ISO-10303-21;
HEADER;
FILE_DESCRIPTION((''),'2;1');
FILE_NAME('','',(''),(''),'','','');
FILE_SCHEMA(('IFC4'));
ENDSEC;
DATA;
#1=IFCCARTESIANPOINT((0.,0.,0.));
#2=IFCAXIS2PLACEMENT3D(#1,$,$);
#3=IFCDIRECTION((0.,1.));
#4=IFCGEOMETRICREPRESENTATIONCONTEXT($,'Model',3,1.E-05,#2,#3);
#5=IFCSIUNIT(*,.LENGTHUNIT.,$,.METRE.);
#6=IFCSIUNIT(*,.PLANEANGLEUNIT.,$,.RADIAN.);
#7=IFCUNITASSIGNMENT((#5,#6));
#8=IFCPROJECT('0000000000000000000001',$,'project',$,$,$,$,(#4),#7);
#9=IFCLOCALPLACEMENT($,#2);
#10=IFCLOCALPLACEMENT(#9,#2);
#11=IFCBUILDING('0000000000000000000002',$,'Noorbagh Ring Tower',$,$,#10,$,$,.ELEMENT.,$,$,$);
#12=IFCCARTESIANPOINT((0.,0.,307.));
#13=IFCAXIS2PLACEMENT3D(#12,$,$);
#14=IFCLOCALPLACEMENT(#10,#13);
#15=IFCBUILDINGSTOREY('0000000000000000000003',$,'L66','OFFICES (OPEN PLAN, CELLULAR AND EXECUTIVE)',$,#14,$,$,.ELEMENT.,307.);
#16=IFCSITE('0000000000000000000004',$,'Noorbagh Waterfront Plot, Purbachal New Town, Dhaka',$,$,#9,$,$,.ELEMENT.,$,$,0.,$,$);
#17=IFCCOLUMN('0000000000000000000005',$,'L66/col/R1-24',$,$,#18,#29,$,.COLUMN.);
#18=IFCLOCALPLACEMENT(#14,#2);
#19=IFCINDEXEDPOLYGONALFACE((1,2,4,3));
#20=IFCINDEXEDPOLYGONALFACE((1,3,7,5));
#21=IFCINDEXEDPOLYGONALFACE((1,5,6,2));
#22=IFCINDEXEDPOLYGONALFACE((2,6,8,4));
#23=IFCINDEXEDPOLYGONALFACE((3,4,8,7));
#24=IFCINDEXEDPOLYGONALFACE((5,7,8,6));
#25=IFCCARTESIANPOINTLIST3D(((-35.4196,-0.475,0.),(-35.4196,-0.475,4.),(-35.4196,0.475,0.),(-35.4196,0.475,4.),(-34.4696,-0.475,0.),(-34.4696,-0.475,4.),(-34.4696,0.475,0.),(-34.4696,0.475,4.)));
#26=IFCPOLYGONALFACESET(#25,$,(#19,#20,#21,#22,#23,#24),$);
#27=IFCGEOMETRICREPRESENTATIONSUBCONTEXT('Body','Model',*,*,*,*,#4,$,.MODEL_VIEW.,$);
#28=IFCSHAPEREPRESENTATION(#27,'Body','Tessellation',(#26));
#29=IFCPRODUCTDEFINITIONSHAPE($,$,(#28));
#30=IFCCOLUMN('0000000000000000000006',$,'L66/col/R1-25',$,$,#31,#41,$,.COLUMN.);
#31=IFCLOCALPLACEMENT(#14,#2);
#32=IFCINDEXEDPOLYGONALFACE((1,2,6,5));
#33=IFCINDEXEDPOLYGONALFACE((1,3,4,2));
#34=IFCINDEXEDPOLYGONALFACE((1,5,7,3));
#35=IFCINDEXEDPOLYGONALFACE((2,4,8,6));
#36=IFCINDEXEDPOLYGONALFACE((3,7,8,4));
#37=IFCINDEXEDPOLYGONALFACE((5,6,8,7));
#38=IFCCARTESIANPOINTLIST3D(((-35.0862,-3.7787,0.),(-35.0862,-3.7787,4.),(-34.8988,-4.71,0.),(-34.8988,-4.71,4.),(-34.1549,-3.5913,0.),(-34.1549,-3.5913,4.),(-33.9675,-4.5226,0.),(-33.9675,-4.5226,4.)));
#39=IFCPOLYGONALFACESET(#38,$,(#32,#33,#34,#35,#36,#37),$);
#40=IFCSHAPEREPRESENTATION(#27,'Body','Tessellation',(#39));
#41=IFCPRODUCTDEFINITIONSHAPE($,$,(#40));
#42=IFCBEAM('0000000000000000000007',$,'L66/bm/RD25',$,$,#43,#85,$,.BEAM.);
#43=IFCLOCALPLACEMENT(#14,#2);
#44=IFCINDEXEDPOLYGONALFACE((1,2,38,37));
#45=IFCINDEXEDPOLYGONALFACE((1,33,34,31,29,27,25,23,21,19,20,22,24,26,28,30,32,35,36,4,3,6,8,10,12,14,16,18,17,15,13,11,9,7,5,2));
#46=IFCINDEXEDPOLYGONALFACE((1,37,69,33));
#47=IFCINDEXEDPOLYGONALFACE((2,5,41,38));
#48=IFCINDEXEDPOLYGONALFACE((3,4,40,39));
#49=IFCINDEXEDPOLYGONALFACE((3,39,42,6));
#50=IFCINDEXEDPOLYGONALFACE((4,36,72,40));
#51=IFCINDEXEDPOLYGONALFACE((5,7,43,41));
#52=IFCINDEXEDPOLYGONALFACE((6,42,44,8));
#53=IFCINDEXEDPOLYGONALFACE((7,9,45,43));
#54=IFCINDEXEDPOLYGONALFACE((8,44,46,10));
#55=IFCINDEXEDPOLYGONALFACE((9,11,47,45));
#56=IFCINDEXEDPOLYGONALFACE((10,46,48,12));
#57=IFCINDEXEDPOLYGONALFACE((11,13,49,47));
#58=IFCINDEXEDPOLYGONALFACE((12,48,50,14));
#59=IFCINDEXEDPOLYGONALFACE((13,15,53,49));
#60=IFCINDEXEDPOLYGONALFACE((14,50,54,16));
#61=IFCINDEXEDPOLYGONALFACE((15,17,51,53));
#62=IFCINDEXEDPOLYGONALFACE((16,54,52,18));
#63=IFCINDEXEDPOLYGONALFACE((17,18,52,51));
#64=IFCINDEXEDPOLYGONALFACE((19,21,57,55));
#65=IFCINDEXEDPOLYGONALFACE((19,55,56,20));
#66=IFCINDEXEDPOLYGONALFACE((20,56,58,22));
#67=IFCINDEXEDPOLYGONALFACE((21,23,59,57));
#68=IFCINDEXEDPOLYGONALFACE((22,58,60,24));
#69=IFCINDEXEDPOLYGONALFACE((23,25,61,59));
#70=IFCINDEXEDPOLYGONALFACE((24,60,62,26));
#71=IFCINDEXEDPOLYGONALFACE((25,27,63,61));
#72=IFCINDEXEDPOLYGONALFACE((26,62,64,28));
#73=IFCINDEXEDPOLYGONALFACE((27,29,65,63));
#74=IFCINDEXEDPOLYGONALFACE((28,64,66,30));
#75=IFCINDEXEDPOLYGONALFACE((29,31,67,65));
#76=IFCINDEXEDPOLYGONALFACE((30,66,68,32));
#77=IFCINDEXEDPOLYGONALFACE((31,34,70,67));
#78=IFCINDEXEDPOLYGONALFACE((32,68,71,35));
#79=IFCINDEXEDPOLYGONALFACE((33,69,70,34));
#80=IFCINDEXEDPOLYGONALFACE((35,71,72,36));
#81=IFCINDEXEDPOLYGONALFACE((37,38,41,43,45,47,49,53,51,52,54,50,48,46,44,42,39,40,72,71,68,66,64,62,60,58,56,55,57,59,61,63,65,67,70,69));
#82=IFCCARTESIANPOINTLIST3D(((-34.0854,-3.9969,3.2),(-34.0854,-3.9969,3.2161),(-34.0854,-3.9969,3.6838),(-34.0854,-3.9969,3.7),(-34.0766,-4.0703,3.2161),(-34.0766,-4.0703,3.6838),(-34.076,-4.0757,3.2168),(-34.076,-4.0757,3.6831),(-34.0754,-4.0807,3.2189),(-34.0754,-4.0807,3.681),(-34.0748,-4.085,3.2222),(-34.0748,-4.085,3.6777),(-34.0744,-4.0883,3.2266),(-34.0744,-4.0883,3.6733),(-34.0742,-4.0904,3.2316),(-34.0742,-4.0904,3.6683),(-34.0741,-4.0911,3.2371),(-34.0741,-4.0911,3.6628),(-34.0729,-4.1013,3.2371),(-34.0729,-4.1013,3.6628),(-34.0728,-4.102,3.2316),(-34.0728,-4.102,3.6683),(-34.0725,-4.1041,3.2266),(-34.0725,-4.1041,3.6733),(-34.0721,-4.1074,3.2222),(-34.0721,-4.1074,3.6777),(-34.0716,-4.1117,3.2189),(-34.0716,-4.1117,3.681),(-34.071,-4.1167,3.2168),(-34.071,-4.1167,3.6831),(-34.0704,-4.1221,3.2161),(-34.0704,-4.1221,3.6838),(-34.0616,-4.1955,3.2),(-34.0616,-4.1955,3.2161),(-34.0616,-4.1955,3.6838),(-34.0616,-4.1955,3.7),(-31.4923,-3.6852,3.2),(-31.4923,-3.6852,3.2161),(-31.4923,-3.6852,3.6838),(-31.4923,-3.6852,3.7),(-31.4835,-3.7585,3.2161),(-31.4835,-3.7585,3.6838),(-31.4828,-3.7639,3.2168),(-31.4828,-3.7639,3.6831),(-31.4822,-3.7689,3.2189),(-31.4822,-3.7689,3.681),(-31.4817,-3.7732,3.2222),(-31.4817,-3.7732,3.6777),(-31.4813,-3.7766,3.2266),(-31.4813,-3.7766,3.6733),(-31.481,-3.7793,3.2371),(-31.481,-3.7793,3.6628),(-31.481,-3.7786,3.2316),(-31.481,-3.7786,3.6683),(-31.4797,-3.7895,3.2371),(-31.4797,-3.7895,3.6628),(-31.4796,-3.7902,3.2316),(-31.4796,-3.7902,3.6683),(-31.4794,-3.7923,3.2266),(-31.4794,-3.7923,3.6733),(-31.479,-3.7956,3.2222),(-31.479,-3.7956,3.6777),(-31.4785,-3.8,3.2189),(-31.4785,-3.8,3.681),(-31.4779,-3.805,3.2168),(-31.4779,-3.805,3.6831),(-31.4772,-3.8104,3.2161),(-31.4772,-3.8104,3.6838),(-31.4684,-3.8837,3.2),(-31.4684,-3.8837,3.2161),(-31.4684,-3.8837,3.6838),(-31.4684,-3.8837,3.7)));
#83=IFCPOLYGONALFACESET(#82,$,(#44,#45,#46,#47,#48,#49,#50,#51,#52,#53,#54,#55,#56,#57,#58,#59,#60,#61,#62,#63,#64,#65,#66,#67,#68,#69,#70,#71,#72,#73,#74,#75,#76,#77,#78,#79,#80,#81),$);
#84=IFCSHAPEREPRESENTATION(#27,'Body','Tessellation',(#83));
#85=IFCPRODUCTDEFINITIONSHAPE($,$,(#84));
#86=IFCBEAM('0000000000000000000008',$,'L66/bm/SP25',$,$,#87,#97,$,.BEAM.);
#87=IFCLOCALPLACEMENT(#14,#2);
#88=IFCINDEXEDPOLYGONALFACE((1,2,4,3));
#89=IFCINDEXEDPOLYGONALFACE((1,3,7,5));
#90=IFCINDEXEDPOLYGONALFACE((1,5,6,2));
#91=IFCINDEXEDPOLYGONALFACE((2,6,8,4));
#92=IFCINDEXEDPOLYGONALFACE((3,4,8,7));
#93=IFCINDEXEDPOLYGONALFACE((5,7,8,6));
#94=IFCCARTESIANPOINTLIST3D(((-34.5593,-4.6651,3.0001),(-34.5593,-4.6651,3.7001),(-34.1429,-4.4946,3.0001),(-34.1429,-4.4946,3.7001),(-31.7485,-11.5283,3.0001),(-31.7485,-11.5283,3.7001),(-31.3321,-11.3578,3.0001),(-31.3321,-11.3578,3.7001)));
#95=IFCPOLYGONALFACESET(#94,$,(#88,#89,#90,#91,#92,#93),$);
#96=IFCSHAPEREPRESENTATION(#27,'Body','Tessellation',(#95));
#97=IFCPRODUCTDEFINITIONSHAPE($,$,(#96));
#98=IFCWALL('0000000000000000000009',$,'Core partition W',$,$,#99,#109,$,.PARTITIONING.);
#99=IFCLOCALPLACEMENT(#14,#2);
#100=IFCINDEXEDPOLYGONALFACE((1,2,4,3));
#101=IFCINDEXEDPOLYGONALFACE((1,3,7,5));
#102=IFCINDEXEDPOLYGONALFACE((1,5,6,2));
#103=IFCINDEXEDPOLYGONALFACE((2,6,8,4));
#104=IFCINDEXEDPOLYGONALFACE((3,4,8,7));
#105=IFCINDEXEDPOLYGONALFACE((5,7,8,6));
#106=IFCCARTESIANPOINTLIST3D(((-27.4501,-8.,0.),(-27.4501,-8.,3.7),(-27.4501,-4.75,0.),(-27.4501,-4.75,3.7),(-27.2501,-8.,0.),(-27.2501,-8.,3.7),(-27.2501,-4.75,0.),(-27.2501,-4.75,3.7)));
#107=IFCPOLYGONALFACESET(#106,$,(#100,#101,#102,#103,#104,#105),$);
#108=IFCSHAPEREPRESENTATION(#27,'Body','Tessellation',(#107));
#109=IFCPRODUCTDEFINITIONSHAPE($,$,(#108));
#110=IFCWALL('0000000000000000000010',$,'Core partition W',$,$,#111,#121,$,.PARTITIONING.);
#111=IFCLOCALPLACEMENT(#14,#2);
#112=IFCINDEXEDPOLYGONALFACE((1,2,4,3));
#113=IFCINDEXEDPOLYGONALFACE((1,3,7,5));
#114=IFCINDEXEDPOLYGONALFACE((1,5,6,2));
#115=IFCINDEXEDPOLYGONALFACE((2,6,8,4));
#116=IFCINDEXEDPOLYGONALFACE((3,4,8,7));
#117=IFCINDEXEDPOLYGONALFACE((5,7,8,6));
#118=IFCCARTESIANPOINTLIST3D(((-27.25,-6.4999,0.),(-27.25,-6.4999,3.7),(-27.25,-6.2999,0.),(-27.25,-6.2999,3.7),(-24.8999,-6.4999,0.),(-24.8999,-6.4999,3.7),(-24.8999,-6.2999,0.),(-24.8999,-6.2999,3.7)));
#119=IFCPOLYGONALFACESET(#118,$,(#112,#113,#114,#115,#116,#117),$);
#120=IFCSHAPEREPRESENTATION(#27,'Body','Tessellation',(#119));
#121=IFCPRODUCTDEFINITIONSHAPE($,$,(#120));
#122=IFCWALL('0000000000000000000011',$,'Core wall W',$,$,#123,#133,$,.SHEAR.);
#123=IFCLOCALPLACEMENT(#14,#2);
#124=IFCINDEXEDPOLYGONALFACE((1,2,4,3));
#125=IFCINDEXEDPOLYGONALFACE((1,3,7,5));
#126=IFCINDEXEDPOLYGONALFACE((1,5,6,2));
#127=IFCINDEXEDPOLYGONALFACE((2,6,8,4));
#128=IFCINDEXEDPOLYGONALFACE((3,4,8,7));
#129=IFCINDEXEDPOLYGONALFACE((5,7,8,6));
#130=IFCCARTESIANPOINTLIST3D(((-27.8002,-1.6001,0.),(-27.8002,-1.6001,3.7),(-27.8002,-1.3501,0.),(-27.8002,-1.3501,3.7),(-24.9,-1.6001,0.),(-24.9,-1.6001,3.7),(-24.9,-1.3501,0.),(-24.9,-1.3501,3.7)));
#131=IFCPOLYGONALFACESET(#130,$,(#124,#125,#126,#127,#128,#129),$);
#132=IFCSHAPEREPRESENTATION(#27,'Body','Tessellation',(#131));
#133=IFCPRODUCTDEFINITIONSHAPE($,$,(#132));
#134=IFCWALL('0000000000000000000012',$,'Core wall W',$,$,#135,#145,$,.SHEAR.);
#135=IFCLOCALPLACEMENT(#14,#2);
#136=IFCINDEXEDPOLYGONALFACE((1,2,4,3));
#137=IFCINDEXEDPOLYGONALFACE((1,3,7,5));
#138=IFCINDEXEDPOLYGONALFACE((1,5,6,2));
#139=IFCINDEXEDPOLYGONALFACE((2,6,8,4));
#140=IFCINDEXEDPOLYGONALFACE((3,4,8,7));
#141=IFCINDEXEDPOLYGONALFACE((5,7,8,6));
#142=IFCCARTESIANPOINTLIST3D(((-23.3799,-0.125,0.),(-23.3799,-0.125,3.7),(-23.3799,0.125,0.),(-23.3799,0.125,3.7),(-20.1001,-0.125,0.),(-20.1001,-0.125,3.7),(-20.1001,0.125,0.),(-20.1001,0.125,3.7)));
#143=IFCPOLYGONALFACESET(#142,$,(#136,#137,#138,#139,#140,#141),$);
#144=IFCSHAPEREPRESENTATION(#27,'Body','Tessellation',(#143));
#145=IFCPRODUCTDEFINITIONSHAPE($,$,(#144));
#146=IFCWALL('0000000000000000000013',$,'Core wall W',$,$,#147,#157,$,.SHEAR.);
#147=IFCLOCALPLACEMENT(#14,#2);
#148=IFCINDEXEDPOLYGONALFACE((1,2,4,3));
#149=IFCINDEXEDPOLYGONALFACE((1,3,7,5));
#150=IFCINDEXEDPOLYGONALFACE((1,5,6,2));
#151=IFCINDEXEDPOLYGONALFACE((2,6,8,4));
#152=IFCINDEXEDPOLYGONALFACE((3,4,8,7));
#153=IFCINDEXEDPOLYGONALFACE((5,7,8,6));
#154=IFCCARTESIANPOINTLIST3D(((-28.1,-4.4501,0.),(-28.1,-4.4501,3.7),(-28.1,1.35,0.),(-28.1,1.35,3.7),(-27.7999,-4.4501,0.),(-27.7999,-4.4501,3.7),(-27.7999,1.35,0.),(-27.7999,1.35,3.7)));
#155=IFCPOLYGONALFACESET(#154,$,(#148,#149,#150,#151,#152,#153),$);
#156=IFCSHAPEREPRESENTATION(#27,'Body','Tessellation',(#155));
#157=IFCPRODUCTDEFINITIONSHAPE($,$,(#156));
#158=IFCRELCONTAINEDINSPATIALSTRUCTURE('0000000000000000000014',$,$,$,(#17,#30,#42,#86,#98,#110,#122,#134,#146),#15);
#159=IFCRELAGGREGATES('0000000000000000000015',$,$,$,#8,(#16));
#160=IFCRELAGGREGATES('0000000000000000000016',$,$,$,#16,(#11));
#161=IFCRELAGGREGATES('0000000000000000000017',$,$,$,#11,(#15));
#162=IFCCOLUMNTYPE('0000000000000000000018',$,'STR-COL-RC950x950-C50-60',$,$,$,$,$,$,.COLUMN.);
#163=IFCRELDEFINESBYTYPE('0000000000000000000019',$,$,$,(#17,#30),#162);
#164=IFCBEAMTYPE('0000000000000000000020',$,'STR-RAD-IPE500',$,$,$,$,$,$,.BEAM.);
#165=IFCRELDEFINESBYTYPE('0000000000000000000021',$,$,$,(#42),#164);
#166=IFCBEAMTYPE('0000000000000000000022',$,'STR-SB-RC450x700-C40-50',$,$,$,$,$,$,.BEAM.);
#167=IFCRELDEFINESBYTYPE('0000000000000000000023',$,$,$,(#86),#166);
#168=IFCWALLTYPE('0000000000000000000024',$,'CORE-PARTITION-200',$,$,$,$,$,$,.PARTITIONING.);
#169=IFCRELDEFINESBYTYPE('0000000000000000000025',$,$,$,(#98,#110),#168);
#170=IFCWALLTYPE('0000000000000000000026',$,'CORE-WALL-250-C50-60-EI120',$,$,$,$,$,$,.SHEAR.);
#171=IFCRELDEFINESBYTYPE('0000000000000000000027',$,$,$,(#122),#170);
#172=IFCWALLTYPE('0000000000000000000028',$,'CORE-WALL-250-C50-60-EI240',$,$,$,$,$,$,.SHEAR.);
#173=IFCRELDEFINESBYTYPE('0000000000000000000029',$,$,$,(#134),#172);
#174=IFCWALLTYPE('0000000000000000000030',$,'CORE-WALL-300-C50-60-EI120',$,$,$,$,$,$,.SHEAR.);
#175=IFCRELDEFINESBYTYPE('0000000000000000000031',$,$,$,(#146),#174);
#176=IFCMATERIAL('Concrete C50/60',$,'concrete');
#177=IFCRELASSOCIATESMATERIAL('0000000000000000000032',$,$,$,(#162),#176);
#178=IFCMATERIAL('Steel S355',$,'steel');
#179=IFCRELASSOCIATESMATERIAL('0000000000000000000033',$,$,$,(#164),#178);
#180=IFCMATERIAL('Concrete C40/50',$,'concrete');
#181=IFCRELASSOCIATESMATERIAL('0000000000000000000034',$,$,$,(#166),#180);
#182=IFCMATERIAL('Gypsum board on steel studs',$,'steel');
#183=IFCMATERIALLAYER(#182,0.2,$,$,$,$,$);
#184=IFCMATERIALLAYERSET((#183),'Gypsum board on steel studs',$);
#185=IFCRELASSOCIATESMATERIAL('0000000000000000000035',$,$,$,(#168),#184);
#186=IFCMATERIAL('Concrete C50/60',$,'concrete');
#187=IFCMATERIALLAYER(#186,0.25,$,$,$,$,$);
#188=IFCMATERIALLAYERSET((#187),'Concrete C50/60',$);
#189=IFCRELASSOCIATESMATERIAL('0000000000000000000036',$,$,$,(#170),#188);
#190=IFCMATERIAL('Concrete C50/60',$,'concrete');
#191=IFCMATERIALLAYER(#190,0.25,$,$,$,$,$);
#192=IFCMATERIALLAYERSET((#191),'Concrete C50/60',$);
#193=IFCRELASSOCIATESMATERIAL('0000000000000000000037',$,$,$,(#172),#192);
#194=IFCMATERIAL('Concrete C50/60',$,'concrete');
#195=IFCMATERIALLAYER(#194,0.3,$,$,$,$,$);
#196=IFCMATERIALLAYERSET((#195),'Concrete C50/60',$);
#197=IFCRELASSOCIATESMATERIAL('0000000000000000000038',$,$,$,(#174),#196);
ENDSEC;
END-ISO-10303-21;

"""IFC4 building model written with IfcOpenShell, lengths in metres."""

from ifc_helpers import new_model, si_unit, direction, frame, frame_2d, origin, origin_2d, place, context, subcontext, project, spatial, rectangle, i_section, extrude, material, layer, layer_set, material_profile, profile_set, type_object, element, save


model = new_model("IFC4")

# Units and contexts
model_context = context("Model", 3, precision=1e-05, world=origin(), true_north=direction((0.0, 1.0)))
body_context = subcontext(model_context, "Body", "Model", "MODEL_VIEW")
ifc_project = project(units=[si_unit("LENGTHUNIT", "METRE"), si_unit("PLANEANGLEUNIT", "RADIAN")], contexts=[model_context])

# Site, building, storey
site_placement = place(None, origin())
site = spatial("IfcSite", under=ifc_project, at=site_placement, Name="Noorbagh Waterfront Plot, Purbachal New Town, Dhaka", CompositionType="ELEMENT", RefElevation=0.0)
building_placement = place(site_placement, origin())
building = spatial("IfcBuilding", under=site, at=building_placement, Name="Noorbagh Ring Tower", CompositionType="ELEMENT")
storey_placement = place(building_placement, frame((0.0, 0.0, 307.0)))
storey = spatial("IfcBuildingStorey", under=building, at=storey_placement, Name="L66", Description="OFFICES (OPEN PLAN, CELLULAR AND EXECUTIVE)", CompositionType="ELEMENT", Elevation=307.0)

# Columns
ifc_material_1 = material(Name="Concrete C50/60", Category="concrete")
ifc_material_profile_1 = material_profile(ifc_material_1, rectangle(XDim=0.95, YDim=0.95, at=origin_2d()), Name="RC950x950")
ifc_profile_set_1 = profile_set([ifc_material_profile_1], Name="Concrete C50/60")
column_type = type_object("IfcColumnType", Name="STR-COL-RC950x950-C50-60", PredefinedType="COLUMN", material=ifc_profile_set_1)
for number, where, z_axis, x_axis, name in (
    (1, (-34.9446, 0.0, 0.0), (0.0, 0.0, 1.0), (0.0, -1.0, 0.0), "L66/col/R1-24"),
    (2, (-34.5269, -4.1506, 0.0), (0.0, 0.0, 1.0), (0.19723, -0.980357, 0.0), "L66/col/R1-25"),
):
    element("IfcColumn", number, at=place(storey_placement, frame(where, z_axis=z_axis, x_axis=x_axis)), inside=storey, type_object=column_type, Name=name, PredefinedType="COLUMN", context=body_context, shape_type="SweptSolid", body=[
        extrude(rectangle(XDim=0.95, YDim=0.95, at=origin_2d()), origin(), (0.0, 0.0, 1.0), 4.0),
    ])

# Beams
ifc_material_2 = material(Name="Steel S355", Category="steel")
ifc_material_profile_2 = material_profile(ifc_material_2, i_section(OverallWidth=0.2, OverallDepth=0.5, WebThickness=0.0103, FlangeThickness=0.0161, FilletRadius=0.021, at=origin_2d()), Name="IPE500")
ifc_profile_set_2 = profile_set([ifc_material_profile_2], Name="Steel S355")
beam_type_1 = type_object("IfcBeamType", Name="STR-RAD-IPE500", PredefinedType="BEAM", material=ifc_profile_set_2)
beam_1_placement = place(storey_placement, frame((-34.0735, -4.0962, 3.45), z_axis=(0.992851, 0.119363, 0.0), x_axis=(-0.119363, 0.992851, 0.0)))
element("IfcBeam", 3, at=beam_1_placement, inside=storey, type_object=beam_type_1, Name="L66/bm/RD25", PredefinedType="BEAM", context=body_context, shape_type="SweptSolid", body=[
    extrude(i_section(OverallWidth=0.2, OverallDepth=0.5, WebThickness=0.0103, FlangeThickness=0.0161, FilletRadius=0.021, at=origin_2d()), origin(), (0.0, 0.0, 1.0), 2.6118),
])
ifc_material_3 = material(Name="Concrete C40/50", Category="concrete")
ifc_material_profile_3 = material_profile(ifc_material_3, rectangle(XDim=0.45, YDim=0.7, at=origin_2d()), Name="RC450x700")
ifc_profile_set_3 = profile_set([ifc_material_profile_3], Name="Concrete C40/50")
beam_type_2 = type_object("IfcBeamType", Name="STR-SB-RC450x700-C40-50", PredefinedType="BEAM", material=ifc_profile_set_3)
beam_2_placement = place(storey_placement, frame((-34.3511, -4.5798, 3.3501), z_axis=(0.378989, -0.925401, 0.0), x_axis=(0.925401, 0.378989, 0.0)))
element("IfcBeam", 4, at=beam_2_placement, inside=storey, type_object=beam_type_2, Name="L66/bm/SP25", PredefinedType="BEAM", context=body_context, shape_type="SweptSolid", body=[
    extrude(rectangle(XDim=0.45, YDim=0.7, at=origin_2d()), origin(), (0.0, 0.0, 1.0), 7.4165),
])

# Walls
ifc_material_4 = material(Name="Gypsum board on steel studs", Category="steel")
ifc_layer_1 = layer(ifc_material_4, 0.2)
ifc_layer_set_1 = layer_set([ifc_layer_1], Name="Gypsum board on steel studs")
wall_type_1 = type_object("IfcWallType", Name="CORE-PARTITION-200", PredefinedType="PARTITIONING", material=ifc_layer_set_1)
wall_1_placement = place(storey_placement, frame((-27.3501, -8.0, 0.0), z_axis=(0.0, 0.0, 1.0), x_axis=(0.0, 1.0, 0.0)))
element("IfcWall", 5, at=wall_1_placement, inside=storey, type_object=wall_type_1, Name="Core partition W", PredefinedType="PARTITIONING", context=body_context, shape_type="SweptSolid", body=[
    extrude(rectangle(XDim=3.25, YDim=0.2, at=frame_2d((1.625, 0.0))), origin(), (0.0, 0.0, 1.0), 3.7),
])
wall_2_placement = place(storey_placement, frame((-24.8999, -6.3999, 0.0), z_axis=(0.0, 0.0, 1.0), x_axis=(-1.0, 0.0, 0.0)))
element("IfcWall", 6, at=wall_2_placement, inside=storey, type_object=wall_type_1, Name="Core partition W", PredefinedType="PARTITIONING", context=body_context, shape_type="SweptSolid", body=[
    extrude(rectangle(XDim=2.3501, YDim=0.2, at=frame_2d((1.175, 0.0))), origin(), (0.0, 0.0, 1.0), 3.7),
])
ifc_material_5 = material(Name="Concrete C50/60", Category="concrete")
ifc_layer_2 = layer(ifc_material_5, 0.25)
ifc_layer_set_2 = layer_set([ifc_layer_2], Name="Concrete C50/60")
wall_type_2 = type_object("IfcWallType", Name="CORE-WALL-250-C50-60-EI120", PredefinedType="SHEAR", material=ifc_layer_set_2)
wall_3_placement = place(storey_placement, frame((-24.8999, -1.4751, 0.0), z_axis=(0.0, 0.0, 1.0), x_axis=(-1.0, 0.0, 0.0)))
element("IfcWall", 7, at=wall_3_placement, inside=storey, type_object=wall_type_2, Name="Core wall W", PredefinedType="SHEAR", context=body_context, shape_type="SweptSolid", body=[
    extrude(rectangle(XDim=2.9001, YDim=0.25, at=frame_2d((1.4502, 0.0))), origin(), (0.0, 0.0, 1.0), 3.7),
])
ifc_material_6 = material(Name="Concrete C50/60", Category="concrete")
ifc_layer_3 = layer(ifc_material_6, 0.25)
ifc_layer_set_3 = layer_set([ifc_layer_3], Name="Concrete C50/60")
wall_type_3 = type_object("IfcWallType", Name="CORE-WALL-250-C50-60-EI240", PredefinedType="SHEAR", material=ifc_layer_set_3)
wall_4_placement = place(storey_placement, frame((-20.1001, 0.0, 0.0), z_axis=(0.0, 0.0, 1.0), x_axis=(-1.0, 0.0, 0.0)))
element("IfcWall", 8, at=wall_4_placement, inside=storey, type_object=wall_type_3, Name="Core wall W", PredefinedType="SHEAR", context=body_context, shape_type="SweptSolid", body=[
    extrude(rectangle(XDim=3.2798, YDim=0.25, at=frame_2d((1.6399, 0.0))), origin(), (0.0, 0.0, 1.0), 3.7),
])
ifc_material_7 = material(Name="Concrete C50/60", Category="concrete")
ifc_layer_4 = layer(ifc_material_7, 0.3)
ifc_layer_set_4 = layer_set([ifc_layer_4], Name="Concrete C50/60")
wall_type_4 = type_object("IfcWallType", Name="CORE-WALL-300-C50-60-EI120", PredefinedType="SHEAR", material=ifc_layer_set_4)
wall_5_placement = place(storey_placement, frame((-27.95, -4.45, 0.0), z_axis=(0.0, 0.0, 1.0), x_axis=(0.0, 1.0, 0.0)))
element("IfcWall", 9, at=wall_5_placement, inside=storey, type_object=wall_type_4, Name="Core wall W", PredefinedType="SHEAR", context=body_context, shape_type="SweptSolid", body=[
    extrude(rectangle(XDim=5.8, YDim=0.3, at=frame_2d((2.8999, 0.0))), origin(), (0.0, 0.0, 1.0), 3.7),
])

save(model, "model.ifc")
